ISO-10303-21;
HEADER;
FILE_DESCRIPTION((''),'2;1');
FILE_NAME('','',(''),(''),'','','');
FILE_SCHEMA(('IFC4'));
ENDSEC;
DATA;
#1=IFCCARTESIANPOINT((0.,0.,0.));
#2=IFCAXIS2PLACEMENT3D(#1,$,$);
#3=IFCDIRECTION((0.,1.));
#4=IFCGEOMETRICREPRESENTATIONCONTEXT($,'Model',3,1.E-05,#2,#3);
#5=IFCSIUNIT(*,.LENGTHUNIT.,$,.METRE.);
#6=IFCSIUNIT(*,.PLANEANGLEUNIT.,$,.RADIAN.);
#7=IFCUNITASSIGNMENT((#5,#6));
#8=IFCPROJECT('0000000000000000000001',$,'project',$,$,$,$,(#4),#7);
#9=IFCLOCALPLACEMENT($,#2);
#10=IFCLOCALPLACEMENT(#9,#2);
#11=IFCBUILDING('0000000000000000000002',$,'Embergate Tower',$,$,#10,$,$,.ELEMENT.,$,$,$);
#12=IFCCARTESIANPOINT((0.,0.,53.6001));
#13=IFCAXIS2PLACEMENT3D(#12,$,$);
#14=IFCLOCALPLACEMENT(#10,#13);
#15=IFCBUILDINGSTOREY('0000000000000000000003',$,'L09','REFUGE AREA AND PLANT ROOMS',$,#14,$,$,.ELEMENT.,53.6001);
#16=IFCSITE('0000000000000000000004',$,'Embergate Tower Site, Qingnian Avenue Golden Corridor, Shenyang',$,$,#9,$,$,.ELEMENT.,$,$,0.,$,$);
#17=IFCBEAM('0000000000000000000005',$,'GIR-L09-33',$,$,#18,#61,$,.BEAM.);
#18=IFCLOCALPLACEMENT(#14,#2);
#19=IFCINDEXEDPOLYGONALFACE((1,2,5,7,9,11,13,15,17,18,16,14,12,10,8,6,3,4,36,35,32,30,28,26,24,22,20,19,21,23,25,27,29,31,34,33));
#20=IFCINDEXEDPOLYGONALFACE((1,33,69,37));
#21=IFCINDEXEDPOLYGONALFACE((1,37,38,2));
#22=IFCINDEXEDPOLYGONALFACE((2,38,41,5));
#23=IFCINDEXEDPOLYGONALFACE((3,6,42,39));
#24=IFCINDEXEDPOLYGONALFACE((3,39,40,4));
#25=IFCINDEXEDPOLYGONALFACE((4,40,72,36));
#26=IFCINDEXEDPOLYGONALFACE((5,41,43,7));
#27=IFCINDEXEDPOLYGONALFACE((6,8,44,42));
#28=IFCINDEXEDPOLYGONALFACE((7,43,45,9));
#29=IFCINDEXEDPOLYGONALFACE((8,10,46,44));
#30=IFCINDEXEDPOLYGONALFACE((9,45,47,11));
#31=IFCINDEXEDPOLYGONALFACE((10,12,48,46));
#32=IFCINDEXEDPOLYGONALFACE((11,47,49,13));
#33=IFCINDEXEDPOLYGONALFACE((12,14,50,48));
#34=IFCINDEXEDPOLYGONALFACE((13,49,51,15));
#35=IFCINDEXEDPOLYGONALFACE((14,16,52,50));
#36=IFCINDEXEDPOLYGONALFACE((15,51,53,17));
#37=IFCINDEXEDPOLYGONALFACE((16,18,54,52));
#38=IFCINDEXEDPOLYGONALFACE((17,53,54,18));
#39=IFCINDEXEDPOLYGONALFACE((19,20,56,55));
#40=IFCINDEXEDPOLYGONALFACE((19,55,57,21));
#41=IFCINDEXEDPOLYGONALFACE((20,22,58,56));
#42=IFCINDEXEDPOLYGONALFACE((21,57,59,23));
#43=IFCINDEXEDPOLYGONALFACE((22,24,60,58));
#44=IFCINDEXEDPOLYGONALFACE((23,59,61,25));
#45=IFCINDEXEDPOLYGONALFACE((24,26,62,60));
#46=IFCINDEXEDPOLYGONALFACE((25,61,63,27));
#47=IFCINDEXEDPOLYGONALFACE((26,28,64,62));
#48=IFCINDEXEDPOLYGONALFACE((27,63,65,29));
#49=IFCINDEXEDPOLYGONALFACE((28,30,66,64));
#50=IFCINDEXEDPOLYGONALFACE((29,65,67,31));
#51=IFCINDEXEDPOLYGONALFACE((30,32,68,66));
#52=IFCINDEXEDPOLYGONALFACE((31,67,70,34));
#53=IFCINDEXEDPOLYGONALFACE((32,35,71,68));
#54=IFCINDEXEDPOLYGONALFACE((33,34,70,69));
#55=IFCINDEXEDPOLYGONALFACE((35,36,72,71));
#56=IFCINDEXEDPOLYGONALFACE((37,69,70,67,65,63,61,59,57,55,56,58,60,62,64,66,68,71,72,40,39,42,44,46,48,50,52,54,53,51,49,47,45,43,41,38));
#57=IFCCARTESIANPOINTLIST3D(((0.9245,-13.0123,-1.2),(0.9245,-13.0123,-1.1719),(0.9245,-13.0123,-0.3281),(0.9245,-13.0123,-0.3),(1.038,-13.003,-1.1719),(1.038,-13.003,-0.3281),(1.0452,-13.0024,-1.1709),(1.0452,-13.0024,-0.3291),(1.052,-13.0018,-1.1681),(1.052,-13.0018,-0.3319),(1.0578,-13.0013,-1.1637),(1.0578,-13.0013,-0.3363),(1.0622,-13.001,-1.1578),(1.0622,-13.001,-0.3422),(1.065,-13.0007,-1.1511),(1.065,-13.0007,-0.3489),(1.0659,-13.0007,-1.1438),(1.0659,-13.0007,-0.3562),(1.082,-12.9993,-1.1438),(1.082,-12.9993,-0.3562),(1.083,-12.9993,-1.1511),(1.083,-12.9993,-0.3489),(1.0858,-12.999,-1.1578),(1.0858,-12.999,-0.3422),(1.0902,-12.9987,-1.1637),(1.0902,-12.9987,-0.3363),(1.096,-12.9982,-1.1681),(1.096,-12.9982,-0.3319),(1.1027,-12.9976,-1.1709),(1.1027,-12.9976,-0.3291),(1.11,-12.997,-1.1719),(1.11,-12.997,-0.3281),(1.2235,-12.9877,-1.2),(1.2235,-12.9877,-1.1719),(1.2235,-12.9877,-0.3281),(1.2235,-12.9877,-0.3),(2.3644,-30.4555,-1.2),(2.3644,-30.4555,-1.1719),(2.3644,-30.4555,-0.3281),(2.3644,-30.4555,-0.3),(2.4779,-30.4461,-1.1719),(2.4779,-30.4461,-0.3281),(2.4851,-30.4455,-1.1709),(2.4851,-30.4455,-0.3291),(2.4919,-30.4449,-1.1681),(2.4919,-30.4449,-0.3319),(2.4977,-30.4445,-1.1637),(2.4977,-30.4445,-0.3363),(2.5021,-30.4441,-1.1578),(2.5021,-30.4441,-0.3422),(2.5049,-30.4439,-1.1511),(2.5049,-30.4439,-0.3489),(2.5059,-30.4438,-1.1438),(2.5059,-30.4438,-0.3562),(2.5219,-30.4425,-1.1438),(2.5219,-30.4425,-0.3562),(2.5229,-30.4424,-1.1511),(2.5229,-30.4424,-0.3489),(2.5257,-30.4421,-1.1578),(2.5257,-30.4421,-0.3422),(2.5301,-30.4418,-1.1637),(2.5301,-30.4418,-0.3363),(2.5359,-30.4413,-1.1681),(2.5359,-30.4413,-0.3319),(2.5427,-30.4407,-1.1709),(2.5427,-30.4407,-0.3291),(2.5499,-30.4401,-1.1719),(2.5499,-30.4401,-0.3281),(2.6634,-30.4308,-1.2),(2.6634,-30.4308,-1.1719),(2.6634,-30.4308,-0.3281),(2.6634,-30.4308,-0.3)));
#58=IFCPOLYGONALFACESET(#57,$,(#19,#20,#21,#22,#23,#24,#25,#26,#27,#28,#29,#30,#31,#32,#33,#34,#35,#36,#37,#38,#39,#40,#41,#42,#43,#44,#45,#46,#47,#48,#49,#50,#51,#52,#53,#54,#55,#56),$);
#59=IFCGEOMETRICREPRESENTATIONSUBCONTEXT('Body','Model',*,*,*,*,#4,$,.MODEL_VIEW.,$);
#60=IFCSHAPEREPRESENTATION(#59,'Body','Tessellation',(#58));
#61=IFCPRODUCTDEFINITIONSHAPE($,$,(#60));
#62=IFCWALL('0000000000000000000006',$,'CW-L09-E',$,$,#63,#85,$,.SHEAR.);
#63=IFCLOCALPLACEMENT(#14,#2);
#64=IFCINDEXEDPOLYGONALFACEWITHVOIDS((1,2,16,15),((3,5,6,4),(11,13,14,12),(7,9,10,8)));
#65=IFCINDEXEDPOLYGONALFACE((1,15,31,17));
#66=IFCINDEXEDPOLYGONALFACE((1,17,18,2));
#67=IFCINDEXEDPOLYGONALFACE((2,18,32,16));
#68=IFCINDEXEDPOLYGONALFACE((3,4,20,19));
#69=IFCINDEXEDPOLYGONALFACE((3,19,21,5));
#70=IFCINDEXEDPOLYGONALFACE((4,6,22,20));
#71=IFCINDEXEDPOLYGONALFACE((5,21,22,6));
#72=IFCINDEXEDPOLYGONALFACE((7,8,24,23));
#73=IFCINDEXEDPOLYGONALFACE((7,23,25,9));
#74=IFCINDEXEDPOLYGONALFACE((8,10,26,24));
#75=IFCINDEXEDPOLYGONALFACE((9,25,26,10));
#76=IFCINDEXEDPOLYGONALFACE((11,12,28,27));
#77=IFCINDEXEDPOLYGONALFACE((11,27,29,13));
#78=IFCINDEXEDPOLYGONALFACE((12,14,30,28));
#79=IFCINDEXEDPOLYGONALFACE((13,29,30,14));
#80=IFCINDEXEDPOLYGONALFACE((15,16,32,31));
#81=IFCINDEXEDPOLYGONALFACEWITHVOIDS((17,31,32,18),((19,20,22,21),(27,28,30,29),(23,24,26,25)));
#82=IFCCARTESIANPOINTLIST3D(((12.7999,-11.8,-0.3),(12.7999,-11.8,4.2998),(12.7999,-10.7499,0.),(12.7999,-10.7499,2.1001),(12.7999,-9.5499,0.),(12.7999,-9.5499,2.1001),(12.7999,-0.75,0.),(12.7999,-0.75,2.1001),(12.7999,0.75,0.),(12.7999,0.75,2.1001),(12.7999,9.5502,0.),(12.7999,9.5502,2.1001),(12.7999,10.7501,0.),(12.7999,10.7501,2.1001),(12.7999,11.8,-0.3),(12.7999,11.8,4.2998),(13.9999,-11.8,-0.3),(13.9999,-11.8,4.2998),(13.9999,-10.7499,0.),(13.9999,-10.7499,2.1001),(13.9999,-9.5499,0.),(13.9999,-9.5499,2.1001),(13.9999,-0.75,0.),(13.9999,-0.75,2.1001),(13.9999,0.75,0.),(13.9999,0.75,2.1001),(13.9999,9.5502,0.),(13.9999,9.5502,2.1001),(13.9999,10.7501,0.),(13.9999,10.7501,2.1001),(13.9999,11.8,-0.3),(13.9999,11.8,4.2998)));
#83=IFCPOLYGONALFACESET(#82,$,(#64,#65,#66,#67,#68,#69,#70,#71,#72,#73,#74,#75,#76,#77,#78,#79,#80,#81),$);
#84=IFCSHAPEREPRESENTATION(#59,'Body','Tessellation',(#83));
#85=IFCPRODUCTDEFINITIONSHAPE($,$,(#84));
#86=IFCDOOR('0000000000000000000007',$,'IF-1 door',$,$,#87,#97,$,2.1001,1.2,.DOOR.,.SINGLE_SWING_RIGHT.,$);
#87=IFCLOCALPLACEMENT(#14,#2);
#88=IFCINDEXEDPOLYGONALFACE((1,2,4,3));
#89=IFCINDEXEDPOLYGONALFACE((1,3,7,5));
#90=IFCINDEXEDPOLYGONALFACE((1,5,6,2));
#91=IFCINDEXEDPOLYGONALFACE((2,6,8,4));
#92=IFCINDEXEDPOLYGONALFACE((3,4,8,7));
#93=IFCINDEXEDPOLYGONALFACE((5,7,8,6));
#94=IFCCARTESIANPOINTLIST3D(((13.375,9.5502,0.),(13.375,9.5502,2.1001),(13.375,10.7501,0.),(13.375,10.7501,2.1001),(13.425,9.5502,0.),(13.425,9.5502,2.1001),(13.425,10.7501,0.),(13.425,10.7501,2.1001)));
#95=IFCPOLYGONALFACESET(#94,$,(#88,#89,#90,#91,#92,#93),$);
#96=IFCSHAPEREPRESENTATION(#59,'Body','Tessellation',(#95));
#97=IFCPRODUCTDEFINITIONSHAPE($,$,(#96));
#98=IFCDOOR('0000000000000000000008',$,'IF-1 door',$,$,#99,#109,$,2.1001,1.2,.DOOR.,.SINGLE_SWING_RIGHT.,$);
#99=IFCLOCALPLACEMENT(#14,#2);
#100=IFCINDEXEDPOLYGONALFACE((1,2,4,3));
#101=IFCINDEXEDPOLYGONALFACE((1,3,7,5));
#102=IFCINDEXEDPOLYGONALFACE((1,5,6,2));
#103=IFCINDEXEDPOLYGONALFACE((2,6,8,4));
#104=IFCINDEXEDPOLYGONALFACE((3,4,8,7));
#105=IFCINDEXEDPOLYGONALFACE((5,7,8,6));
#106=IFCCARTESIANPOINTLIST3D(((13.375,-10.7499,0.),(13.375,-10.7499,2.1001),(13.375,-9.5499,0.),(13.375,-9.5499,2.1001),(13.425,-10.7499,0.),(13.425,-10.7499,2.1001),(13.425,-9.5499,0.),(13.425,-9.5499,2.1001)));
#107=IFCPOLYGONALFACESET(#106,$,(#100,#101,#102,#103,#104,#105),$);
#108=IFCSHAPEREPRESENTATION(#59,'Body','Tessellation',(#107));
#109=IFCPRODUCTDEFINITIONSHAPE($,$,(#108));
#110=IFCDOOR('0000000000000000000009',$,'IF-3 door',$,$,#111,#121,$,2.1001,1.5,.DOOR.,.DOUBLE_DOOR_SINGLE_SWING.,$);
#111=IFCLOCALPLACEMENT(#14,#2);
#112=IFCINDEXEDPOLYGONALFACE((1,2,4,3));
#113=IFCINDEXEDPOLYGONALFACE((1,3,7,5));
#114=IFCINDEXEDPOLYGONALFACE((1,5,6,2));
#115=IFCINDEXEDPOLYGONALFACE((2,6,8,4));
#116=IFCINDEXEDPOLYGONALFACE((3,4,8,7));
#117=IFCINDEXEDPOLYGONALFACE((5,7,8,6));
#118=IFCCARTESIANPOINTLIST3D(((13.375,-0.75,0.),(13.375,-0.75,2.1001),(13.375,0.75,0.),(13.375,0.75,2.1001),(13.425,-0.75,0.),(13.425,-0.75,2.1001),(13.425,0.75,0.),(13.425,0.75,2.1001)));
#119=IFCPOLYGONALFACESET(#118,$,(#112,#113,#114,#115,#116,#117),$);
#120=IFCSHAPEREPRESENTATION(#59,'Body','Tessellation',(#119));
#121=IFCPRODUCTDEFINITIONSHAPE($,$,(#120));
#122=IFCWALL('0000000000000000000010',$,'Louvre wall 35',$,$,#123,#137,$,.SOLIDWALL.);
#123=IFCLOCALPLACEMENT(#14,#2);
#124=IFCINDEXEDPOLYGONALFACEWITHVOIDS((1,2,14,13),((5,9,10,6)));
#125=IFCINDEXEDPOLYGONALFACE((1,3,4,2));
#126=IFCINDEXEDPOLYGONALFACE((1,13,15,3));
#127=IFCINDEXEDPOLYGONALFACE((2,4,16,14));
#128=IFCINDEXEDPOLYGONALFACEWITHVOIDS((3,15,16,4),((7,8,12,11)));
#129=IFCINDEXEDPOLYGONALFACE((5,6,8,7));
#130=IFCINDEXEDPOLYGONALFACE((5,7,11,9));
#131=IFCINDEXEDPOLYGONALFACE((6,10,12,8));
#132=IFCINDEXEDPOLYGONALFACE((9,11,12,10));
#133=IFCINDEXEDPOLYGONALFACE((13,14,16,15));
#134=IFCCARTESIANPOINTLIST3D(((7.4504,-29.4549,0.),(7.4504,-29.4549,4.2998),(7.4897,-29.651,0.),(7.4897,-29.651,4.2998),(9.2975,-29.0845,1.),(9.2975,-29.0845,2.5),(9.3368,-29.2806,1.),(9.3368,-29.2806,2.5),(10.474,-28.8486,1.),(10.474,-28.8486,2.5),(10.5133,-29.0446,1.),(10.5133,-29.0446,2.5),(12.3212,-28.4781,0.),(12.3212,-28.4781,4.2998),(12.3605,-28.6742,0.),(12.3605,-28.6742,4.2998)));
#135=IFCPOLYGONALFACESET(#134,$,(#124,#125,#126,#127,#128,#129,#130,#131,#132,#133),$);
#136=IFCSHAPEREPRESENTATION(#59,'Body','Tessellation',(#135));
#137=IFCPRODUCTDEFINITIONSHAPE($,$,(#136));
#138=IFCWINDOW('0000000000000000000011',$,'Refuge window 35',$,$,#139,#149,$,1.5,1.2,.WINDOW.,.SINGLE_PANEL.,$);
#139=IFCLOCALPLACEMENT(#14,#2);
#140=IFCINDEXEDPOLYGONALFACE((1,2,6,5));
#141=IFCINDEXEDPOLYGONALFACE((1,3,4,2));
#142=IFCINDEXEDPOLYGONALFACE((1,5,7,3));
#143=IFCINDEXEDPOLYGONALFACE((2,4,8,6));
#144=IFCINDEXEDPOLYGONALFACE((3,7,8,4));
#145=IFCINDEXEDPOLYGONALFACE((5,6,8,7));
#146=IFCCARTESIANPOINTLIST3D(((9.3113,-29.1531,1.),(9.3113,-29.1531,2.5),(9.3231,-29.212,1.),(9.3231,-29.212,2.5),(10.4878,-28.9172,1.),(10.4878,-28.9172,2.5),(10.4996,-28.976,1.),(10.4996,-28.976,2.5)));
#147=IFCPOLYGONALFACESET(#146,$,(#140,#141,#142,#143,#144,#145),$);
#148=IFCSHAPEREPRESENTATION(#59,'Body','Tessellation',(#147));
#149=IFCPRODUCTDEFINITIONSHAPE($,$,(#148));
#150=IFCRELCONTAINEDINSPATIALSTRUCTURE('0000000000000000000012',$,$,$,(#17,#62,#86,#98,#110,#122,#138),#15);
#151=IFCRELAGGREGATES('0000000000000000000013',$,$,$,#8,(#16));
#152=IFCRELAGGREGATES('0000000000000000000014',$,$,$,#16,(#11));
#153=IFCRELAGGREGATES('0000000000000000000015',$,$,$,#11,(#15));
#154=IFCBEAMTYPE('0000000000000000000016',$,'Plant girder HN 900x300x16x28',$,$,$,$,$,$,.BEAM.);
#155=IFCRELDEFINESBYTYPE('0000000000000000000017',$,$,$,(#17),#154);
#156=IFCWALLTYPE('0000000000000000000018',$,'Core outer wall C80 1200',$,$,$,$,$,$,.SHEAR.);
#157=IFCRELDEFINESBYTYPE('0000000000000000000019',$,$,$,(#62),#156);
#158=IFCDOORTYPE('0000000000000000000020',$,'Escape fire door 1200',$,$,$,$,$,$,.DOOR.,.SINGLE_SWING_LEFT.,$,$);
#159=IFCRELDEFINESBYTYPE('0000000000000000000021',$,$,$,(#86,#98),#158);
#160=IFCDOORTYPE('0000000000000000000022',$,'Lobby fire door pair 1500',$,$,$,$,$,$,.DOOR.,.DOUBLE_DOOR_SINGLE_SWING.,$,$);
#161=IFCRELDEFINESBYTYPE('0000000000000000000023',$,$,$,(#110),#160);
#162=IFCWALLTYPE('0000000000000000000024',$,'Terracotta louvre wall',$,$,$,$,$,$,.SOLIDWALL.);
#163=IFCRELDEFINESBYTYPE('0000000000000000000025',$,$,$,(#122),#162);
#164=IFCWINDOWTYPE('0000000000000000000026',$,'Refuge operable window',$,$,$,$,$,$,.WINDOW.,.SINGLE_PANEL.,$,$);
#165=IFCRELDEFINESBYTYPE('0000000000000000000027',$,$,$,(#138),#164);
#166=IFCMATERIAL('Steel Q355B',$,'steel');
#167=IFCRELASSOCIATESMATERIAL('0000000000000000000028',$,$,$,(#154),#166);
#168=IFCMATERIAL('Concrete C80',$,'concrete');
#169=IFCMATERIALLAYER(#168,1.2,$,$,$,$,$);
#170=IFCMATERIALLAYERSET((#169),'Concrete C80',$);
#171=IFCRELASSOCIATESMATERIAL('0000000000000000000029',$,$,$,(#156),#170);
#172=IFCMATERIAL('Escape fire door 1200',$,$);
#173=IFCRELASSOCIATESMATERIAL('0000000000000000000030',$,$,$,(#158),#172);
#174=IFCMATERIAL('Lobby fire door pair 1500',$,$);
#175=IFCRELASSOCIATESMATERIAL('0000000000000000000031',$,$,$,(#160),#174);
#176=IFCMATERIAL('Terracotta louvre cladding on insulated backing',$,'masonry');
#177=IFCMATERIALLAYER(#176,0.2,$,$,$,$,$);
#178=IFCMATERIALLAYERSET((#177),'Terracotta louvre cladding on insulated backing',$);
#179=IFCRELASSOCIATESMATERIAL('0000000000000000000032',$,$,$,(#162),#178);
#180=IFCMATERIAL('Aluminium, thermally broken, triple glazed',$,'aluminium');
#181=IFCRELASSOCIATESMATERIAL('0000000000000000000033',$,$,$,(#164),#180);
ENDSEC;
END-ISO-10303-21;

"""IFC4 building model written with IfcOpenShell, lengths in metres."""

from ifc_helpers import new_model, si_unit, direction, frame, frame_2d, origin, origin_2d, place, context, subcontext, project, spatial, rectangle, i_section, extrude, source, transform, mapped, material, layer, layer_set, material_profile, profile_set, type_object, element, fill, save


model = new_model("IFC4")

# Units and contexts
model_context = context("Model", 3, precision=1e-05, world=origin(), true_north=direction((0.0, 1.0)))
body_context = subcontext(model_context, "Body", "Model", "MODEL_VIEW")
ifc_project = project(units=[si_unit("LENGTHUNIT", "METRE"), si_unit("PLANEANGLEUNIT", "RADIAN")], contexts=[model_context])

# Site, building, storey
site_placement = place(None, origin())
site = spatial("IfcSite", under=ifc_project, at=site_placement, Name="Embergate Tower Site, Qingnian Avenue Golden Corridor, Shenyang", CompositionType="ELEMENT", RefElevation=0.0)
building_placement = place(site_placement, origin())
building = spatial("IfcBuilding", under=site, at=building_placement, Name="Embergate Tower", CompositionType="ELEMENT")
storey_placement = place(building_placement, frame((0.0, 0.0, 53.6001)))
storey = spatial("IfcBuildingStorey", under=building, at=storey_placement, Name="L09", Description="REFUGE AREA AND PLANT ROOMS", CompositionType="ELEMENT", Elevation=53.6001)

# Beam
ifc_material_1 = material(Name="Steel Q355B", Category="steel")
ifc_material_profile_1 = material_profile(ifc_material_1, i_section(OverallWidth=0.3, OverallDepth=0.8999, WebThickness=0.0161, FlangeThickness=0.0281, FilletRadius=0.0281, at=origin_2d()), Name="HN 900x300x16x28")
ifc_profile_set_1 = profile_set([ifc_material_profile_1], Name="Steel Q355 grade B")
beam_type_1 = type_object("IfcBeamType", Name="Plant girder HN 900x300x16x28", PredefinedType="BEAM", material=ifc_profile_set_1)
shared_shape_1 = source(origin(), body_context, "Body", "SweptSolid", [
    extrude(i_section(OverallWidth=0.3, OverallDepth=0.8999, WebThickness=0.0161, FlangeThickness=0.0281, FilletRadius=0.0281, at=origin_2d()), origin(), (0.0, 0.0, 1.0), 17.5024),
])
beam_1_placement = place(storey_placement, frame((2.5139, -30.4431, -0.75), z_axis=(-0.082271, 0.99661, 0.0), x_axis=(-0.99661, -0.082271, 0.0)))
element("IfcBeam", 1, at=beam_1_placement, inside=storey, type_object=beam_type_1, Name="GIR-L09-33", PredefinedType="BEAM", context=body_context, shape_type="MappedRepresentation", body=[
    mapped(shared_shape_1, transform((0.0, 0.0, 0.0))),
])

# Wall, openings, doors
ifc_material_2 = material(Name="Concrete C80", Category="concrete")
ifc_layer_1 = layer(ifc_material_2, 1.2)
ifc_layer_set_1 = layer_set([ifc_layer_1], Name="Concrete C80")
wall_type_1 = type_object("IfcWallType", Name="Core outer wall C80 1200", PredefinedType="SHEAR", material=ifc_layer_set_1)
shared_shape_2 = source(origin(), body_context, "Body", "SweptSolid", [
    extrude(rectangle(XDim=23.6001, YDim=1.2, at=frame_2d((11.8, 0.0))), origin(), (0.0, 0.0, 1.0), 4.5999),
])
wall_1_placement = place(storey_placement, frame((13.3999, -11.8, -0.3), z_axis=(0.0, 0.0, 1.0), x_axis=(0.0, 1.0, 0.0)))
wall_1 = element("IfcWall", 2, at=wall_1_placement, inside=storey, type_object=wall_type_1, Name="CW-L09-E", PredefinedType="SHEAR", context=body_context, shape_type="MappedRepresentation", body=[
    mapped(shared_shape_2, transform((0.0, 0.0, 0.0))),
])
shared_shape_3 = source(origin(), body_context, "Body", "SweptSolid", [
    extrude(rectangle(XDim=1.2, YDim=2.1001, at=frame_2d((0.6001, 1.05))), frame((0.0, 0.6099, 0.0), z_axis=(0.0, -1.0, 0.0), x_axis=(1.0, 0.0, 0.0)), (0.0, 0.0, 1.0), 1.22),
])
opening_1_placement = place(wall_1_placement, frame((21.3501, 0.0, 0.3)))
opening_1 = element("IfcOpeningElement", 3, at=opening_1_placement, cuts=wall_1, PredefinedType="OPENING", context=body_context, shape_type="MappedRepresentation", body=[
    mapped(shared_shape_3, transform((0.0, 0.0, 0.0))),
])
opening_2_placement = place(wall_1_placement, frame((1.05, 0.0, 0.3)))
opening_2 = element("IfcOpeningElement", 4, at=opening_2_placement, cuts=wall_1, PredefinedType="OPENING", context=body_context, shape_type="MappedRepresentation", body=[
    mapped(shared_shape_3, transform((0.0, 0.0, 0.0))),
])
shared_shape_4 = source(origin(), body_context, "Body", "SweptSolid", [
    extrude(rectangle(XDim=1.5, YDim=2.1001, at=frame_2d((0.75, 1.05))), frame((0.0, 0.6099, 0.0), z_axis=(0.0, -1.0, 0.0), x_axis=(1.0, 0.0, 0.0)), (0.0, 0.0, 1.0), 1.22),
])
opening_3_placement = place(wall_1_placement, frame((11.05, 0.0, 0.3)))
opening_3 = element("IfcOpeningElement", 5, at=opening_3_placement, cuts=wall_1, PredefinedType="OPENING", context=body_context, shape_type="MappedRepresentation", body=[
    mapped(shared_shape_4, transform((0.0, 0.0, 0.0))),
])
ifc_material_3 = material(Name="Escape fire door 1200")
door_type_1 = type_object("IfcDoorType", Name="Escape fire door 1200", OperationType="SINGLE_SWING_LEFT", PredefinedType="DOOR", material=ifc_material_3)
shared_shape_5 = source(origin(), body_context, "Body", "SweptSolid", [
    extrude(rectangle(XDim=1.2, YDim=2.1001, at=frame_2d((0.6001, 1.05))), frame((0.0, 0.0249, 0.0), z_axis=(0.0, -1.0, 0.0), x_axis=(1.0, 0.0, 0.0)), (0.0, 0.0, 1.0), 0.05),
])
door_1_placement = place(opening_1_placement, origin())
door_1 = element("IfcDoor", 6, at=door_1_placement, inside=storey, type_object=door_type_1, Name="IF-1 door", OperationType="SINGLE_SWING_RIGHT", OverallHeight=2.1001, OverallWidth=1.2, PredefinedType="DOOR", context=body_context, shape_type="MappedRepresentation", body=[
    mapped(shared_shape_5, transform((0.0, 0.0, 0.0))),
])
fill(opening_1, door_1)
door_2_placement = place(opening_2_placement, origin())
door_2 = element("IfcDoor", 7, at=door_2_placement, inside=storey, type_object=door_type_1, Name="IF-1 door", OperationType="SINGLE_SWING_RIGHT", OverallHeight=2.1001, OverallWidth=1.2, PredefinedType="DOOR", context=body_context, shape_type="MappedRepresentation", body=[
    mapped(shared_shape_5, transform((0.0, 0.0, 0.0))),
])
fill(opening_2, door_2)
ifc_material_4 = material(Name="Lobby fire door pair 1500")
door_type_2 = type_object("IfcDoorType", Name="Lobby fire door pair 1500", OperationType="DOUBLE_DOOR_SINGLE_SWING", PredefinedType="DOOR", material=ifc_material_4)
shared_shape_6 = source(origin(), body_context, "Body", "SweptSolid", [
    extrude(rectangle(XDim=1.5, YDim=2.1001, at=frame_2d((0.75, 1.05))), frame((0.0, 0.0249, 0.0), z_axis=(0.0, -1.0, 0.0), x_axis=(1.0, 0.0, 0.0)), (0.0, 0.0, 1.0), 0.05),
])
door_3_placement = place(opening_3_placement, origin())
door_3 = element("IfcDoor", 8, at=door_3_placement, inside=storey, type_object=door_type_2, Name="IF-3 door", OperationType="DOUBLE_DOOR_SINGLE_SWING", OverallHeight=2.1001, OverallWidth=1.5, PredefinedType="DOOR", context=body_context, shape_type="MappedRepresentation", body=[
    mapped(shared_shape_6, transform((0.0, 0.0, 0.0))),
])
fill(opening_3, door_3)

# Wall, opening, window
ifc_material_5 = material(Name="Terracotta louvre cladding on insulated backing", Category="masonry")
ifc_layer_2 = layer(ifc_material_5, 0.2)
ifc_layer_set_2 = layer_set([ifc_layer_2], Name="Terracotta louvre cladding on insulated backing")
wall_type_2 = type_object("IfcWallType", Name="Terracotta louvre wall", PredefinedType="SOLIDWALL", material=ifc_layer_set_2)
shared_shape_7 = source(origin(), body_context, "Body", "SweptSolid", [
    extrude(rectangle(XDim=4.9678, YDim=0.2, at=frame_2d((2.4839, 0.0))), origin(), (0.0, 0.0, 1.0), 4.2998),
])
wall_2_placement = place(storey_placement, frame((12.3408, -28.5762, 0.0), z_axis=(0.0, 0.0, 1.0), x_axis=(-0.980478, -0.196626, 0.0)))
wall_2 = element("IfcWall", 9, at=wall_2_placement, inside=storey, type_object=wall_type_2, Name="Louvre wall 35", PredefinedType="SOLIDWALL", context=body_context, shape_type="MappedRepresentation", body=[
    mapped(shared_shape_7, transform((0.0, 0.0, 0.0))),
])
shared_shape_8 = source(origin(), body_context, "Body", "SweptSolid", [
    extrude(rectangle(XDim=1.2, YDim=1.5, at=frame_2d((0.6001, 0.75))), frame((0.0, 0.1099, 0.0), z_axis=(0.0, -1.0, 0.0), x_axis=(1.0, 0.0, 0.0)), (0.0, 0.0, 1.0), 0.22),
])
opening_4_placement = place(wall_2_placement, frame((1.8838, 0.0, 1.0)))
opening_4 = element("IfcOpeningElement", 10, at=opening_4_placement, cuts=wall_2, PredefinedType="OPENING", context=body_context, shape_type="MappedRepresentation", body=[
    mapped(shared_shape_8, transform((0.0, 0.0, 0.0))),
])
ifc_material_6 = material(Name="Aluminium, thermally broken, triple glazed", Category="aluminium")
window_type = type_object("IfcWindowType", Name="Refuge operable window", PartitioningType="SINGLE_PANEL", PredefinedType="WINDOW", material=ifc_material_6)
shared_shape_9 = source(origin(), body_context, "Body", "SweptSolid", [
    extrude(rectangle(XDim=1.2, YDim=1.5, at=frame_2d((0.6001, 0.75))), frame((0.0, 0.03, 0.0), z_axis=(0.0, -1.0, 0.0), x_axis=(1.0, 0.0, 0.0)), (0.0, 0.0, 1.0), 0.0601),
])
window_1_placement = place(opening_4_placement, origin())
window_1 = element("IfcWindow", 11, at=window_1_placement, inside=storey, type_object=window_type, Name="Refuge window 35", OverallHeight=1.5, OverallWidth=1.2, PartitioningType="SINGLE_PANEL", PredefinedType="WINDOW", context=body_context, shape_type="MappedRepresentation", body=[
    mapped(shared_shape_9, transform((0.0, 0.0, 0.0))),
])
fill(opening_4, window_1)

save(model, "model.ifc")
